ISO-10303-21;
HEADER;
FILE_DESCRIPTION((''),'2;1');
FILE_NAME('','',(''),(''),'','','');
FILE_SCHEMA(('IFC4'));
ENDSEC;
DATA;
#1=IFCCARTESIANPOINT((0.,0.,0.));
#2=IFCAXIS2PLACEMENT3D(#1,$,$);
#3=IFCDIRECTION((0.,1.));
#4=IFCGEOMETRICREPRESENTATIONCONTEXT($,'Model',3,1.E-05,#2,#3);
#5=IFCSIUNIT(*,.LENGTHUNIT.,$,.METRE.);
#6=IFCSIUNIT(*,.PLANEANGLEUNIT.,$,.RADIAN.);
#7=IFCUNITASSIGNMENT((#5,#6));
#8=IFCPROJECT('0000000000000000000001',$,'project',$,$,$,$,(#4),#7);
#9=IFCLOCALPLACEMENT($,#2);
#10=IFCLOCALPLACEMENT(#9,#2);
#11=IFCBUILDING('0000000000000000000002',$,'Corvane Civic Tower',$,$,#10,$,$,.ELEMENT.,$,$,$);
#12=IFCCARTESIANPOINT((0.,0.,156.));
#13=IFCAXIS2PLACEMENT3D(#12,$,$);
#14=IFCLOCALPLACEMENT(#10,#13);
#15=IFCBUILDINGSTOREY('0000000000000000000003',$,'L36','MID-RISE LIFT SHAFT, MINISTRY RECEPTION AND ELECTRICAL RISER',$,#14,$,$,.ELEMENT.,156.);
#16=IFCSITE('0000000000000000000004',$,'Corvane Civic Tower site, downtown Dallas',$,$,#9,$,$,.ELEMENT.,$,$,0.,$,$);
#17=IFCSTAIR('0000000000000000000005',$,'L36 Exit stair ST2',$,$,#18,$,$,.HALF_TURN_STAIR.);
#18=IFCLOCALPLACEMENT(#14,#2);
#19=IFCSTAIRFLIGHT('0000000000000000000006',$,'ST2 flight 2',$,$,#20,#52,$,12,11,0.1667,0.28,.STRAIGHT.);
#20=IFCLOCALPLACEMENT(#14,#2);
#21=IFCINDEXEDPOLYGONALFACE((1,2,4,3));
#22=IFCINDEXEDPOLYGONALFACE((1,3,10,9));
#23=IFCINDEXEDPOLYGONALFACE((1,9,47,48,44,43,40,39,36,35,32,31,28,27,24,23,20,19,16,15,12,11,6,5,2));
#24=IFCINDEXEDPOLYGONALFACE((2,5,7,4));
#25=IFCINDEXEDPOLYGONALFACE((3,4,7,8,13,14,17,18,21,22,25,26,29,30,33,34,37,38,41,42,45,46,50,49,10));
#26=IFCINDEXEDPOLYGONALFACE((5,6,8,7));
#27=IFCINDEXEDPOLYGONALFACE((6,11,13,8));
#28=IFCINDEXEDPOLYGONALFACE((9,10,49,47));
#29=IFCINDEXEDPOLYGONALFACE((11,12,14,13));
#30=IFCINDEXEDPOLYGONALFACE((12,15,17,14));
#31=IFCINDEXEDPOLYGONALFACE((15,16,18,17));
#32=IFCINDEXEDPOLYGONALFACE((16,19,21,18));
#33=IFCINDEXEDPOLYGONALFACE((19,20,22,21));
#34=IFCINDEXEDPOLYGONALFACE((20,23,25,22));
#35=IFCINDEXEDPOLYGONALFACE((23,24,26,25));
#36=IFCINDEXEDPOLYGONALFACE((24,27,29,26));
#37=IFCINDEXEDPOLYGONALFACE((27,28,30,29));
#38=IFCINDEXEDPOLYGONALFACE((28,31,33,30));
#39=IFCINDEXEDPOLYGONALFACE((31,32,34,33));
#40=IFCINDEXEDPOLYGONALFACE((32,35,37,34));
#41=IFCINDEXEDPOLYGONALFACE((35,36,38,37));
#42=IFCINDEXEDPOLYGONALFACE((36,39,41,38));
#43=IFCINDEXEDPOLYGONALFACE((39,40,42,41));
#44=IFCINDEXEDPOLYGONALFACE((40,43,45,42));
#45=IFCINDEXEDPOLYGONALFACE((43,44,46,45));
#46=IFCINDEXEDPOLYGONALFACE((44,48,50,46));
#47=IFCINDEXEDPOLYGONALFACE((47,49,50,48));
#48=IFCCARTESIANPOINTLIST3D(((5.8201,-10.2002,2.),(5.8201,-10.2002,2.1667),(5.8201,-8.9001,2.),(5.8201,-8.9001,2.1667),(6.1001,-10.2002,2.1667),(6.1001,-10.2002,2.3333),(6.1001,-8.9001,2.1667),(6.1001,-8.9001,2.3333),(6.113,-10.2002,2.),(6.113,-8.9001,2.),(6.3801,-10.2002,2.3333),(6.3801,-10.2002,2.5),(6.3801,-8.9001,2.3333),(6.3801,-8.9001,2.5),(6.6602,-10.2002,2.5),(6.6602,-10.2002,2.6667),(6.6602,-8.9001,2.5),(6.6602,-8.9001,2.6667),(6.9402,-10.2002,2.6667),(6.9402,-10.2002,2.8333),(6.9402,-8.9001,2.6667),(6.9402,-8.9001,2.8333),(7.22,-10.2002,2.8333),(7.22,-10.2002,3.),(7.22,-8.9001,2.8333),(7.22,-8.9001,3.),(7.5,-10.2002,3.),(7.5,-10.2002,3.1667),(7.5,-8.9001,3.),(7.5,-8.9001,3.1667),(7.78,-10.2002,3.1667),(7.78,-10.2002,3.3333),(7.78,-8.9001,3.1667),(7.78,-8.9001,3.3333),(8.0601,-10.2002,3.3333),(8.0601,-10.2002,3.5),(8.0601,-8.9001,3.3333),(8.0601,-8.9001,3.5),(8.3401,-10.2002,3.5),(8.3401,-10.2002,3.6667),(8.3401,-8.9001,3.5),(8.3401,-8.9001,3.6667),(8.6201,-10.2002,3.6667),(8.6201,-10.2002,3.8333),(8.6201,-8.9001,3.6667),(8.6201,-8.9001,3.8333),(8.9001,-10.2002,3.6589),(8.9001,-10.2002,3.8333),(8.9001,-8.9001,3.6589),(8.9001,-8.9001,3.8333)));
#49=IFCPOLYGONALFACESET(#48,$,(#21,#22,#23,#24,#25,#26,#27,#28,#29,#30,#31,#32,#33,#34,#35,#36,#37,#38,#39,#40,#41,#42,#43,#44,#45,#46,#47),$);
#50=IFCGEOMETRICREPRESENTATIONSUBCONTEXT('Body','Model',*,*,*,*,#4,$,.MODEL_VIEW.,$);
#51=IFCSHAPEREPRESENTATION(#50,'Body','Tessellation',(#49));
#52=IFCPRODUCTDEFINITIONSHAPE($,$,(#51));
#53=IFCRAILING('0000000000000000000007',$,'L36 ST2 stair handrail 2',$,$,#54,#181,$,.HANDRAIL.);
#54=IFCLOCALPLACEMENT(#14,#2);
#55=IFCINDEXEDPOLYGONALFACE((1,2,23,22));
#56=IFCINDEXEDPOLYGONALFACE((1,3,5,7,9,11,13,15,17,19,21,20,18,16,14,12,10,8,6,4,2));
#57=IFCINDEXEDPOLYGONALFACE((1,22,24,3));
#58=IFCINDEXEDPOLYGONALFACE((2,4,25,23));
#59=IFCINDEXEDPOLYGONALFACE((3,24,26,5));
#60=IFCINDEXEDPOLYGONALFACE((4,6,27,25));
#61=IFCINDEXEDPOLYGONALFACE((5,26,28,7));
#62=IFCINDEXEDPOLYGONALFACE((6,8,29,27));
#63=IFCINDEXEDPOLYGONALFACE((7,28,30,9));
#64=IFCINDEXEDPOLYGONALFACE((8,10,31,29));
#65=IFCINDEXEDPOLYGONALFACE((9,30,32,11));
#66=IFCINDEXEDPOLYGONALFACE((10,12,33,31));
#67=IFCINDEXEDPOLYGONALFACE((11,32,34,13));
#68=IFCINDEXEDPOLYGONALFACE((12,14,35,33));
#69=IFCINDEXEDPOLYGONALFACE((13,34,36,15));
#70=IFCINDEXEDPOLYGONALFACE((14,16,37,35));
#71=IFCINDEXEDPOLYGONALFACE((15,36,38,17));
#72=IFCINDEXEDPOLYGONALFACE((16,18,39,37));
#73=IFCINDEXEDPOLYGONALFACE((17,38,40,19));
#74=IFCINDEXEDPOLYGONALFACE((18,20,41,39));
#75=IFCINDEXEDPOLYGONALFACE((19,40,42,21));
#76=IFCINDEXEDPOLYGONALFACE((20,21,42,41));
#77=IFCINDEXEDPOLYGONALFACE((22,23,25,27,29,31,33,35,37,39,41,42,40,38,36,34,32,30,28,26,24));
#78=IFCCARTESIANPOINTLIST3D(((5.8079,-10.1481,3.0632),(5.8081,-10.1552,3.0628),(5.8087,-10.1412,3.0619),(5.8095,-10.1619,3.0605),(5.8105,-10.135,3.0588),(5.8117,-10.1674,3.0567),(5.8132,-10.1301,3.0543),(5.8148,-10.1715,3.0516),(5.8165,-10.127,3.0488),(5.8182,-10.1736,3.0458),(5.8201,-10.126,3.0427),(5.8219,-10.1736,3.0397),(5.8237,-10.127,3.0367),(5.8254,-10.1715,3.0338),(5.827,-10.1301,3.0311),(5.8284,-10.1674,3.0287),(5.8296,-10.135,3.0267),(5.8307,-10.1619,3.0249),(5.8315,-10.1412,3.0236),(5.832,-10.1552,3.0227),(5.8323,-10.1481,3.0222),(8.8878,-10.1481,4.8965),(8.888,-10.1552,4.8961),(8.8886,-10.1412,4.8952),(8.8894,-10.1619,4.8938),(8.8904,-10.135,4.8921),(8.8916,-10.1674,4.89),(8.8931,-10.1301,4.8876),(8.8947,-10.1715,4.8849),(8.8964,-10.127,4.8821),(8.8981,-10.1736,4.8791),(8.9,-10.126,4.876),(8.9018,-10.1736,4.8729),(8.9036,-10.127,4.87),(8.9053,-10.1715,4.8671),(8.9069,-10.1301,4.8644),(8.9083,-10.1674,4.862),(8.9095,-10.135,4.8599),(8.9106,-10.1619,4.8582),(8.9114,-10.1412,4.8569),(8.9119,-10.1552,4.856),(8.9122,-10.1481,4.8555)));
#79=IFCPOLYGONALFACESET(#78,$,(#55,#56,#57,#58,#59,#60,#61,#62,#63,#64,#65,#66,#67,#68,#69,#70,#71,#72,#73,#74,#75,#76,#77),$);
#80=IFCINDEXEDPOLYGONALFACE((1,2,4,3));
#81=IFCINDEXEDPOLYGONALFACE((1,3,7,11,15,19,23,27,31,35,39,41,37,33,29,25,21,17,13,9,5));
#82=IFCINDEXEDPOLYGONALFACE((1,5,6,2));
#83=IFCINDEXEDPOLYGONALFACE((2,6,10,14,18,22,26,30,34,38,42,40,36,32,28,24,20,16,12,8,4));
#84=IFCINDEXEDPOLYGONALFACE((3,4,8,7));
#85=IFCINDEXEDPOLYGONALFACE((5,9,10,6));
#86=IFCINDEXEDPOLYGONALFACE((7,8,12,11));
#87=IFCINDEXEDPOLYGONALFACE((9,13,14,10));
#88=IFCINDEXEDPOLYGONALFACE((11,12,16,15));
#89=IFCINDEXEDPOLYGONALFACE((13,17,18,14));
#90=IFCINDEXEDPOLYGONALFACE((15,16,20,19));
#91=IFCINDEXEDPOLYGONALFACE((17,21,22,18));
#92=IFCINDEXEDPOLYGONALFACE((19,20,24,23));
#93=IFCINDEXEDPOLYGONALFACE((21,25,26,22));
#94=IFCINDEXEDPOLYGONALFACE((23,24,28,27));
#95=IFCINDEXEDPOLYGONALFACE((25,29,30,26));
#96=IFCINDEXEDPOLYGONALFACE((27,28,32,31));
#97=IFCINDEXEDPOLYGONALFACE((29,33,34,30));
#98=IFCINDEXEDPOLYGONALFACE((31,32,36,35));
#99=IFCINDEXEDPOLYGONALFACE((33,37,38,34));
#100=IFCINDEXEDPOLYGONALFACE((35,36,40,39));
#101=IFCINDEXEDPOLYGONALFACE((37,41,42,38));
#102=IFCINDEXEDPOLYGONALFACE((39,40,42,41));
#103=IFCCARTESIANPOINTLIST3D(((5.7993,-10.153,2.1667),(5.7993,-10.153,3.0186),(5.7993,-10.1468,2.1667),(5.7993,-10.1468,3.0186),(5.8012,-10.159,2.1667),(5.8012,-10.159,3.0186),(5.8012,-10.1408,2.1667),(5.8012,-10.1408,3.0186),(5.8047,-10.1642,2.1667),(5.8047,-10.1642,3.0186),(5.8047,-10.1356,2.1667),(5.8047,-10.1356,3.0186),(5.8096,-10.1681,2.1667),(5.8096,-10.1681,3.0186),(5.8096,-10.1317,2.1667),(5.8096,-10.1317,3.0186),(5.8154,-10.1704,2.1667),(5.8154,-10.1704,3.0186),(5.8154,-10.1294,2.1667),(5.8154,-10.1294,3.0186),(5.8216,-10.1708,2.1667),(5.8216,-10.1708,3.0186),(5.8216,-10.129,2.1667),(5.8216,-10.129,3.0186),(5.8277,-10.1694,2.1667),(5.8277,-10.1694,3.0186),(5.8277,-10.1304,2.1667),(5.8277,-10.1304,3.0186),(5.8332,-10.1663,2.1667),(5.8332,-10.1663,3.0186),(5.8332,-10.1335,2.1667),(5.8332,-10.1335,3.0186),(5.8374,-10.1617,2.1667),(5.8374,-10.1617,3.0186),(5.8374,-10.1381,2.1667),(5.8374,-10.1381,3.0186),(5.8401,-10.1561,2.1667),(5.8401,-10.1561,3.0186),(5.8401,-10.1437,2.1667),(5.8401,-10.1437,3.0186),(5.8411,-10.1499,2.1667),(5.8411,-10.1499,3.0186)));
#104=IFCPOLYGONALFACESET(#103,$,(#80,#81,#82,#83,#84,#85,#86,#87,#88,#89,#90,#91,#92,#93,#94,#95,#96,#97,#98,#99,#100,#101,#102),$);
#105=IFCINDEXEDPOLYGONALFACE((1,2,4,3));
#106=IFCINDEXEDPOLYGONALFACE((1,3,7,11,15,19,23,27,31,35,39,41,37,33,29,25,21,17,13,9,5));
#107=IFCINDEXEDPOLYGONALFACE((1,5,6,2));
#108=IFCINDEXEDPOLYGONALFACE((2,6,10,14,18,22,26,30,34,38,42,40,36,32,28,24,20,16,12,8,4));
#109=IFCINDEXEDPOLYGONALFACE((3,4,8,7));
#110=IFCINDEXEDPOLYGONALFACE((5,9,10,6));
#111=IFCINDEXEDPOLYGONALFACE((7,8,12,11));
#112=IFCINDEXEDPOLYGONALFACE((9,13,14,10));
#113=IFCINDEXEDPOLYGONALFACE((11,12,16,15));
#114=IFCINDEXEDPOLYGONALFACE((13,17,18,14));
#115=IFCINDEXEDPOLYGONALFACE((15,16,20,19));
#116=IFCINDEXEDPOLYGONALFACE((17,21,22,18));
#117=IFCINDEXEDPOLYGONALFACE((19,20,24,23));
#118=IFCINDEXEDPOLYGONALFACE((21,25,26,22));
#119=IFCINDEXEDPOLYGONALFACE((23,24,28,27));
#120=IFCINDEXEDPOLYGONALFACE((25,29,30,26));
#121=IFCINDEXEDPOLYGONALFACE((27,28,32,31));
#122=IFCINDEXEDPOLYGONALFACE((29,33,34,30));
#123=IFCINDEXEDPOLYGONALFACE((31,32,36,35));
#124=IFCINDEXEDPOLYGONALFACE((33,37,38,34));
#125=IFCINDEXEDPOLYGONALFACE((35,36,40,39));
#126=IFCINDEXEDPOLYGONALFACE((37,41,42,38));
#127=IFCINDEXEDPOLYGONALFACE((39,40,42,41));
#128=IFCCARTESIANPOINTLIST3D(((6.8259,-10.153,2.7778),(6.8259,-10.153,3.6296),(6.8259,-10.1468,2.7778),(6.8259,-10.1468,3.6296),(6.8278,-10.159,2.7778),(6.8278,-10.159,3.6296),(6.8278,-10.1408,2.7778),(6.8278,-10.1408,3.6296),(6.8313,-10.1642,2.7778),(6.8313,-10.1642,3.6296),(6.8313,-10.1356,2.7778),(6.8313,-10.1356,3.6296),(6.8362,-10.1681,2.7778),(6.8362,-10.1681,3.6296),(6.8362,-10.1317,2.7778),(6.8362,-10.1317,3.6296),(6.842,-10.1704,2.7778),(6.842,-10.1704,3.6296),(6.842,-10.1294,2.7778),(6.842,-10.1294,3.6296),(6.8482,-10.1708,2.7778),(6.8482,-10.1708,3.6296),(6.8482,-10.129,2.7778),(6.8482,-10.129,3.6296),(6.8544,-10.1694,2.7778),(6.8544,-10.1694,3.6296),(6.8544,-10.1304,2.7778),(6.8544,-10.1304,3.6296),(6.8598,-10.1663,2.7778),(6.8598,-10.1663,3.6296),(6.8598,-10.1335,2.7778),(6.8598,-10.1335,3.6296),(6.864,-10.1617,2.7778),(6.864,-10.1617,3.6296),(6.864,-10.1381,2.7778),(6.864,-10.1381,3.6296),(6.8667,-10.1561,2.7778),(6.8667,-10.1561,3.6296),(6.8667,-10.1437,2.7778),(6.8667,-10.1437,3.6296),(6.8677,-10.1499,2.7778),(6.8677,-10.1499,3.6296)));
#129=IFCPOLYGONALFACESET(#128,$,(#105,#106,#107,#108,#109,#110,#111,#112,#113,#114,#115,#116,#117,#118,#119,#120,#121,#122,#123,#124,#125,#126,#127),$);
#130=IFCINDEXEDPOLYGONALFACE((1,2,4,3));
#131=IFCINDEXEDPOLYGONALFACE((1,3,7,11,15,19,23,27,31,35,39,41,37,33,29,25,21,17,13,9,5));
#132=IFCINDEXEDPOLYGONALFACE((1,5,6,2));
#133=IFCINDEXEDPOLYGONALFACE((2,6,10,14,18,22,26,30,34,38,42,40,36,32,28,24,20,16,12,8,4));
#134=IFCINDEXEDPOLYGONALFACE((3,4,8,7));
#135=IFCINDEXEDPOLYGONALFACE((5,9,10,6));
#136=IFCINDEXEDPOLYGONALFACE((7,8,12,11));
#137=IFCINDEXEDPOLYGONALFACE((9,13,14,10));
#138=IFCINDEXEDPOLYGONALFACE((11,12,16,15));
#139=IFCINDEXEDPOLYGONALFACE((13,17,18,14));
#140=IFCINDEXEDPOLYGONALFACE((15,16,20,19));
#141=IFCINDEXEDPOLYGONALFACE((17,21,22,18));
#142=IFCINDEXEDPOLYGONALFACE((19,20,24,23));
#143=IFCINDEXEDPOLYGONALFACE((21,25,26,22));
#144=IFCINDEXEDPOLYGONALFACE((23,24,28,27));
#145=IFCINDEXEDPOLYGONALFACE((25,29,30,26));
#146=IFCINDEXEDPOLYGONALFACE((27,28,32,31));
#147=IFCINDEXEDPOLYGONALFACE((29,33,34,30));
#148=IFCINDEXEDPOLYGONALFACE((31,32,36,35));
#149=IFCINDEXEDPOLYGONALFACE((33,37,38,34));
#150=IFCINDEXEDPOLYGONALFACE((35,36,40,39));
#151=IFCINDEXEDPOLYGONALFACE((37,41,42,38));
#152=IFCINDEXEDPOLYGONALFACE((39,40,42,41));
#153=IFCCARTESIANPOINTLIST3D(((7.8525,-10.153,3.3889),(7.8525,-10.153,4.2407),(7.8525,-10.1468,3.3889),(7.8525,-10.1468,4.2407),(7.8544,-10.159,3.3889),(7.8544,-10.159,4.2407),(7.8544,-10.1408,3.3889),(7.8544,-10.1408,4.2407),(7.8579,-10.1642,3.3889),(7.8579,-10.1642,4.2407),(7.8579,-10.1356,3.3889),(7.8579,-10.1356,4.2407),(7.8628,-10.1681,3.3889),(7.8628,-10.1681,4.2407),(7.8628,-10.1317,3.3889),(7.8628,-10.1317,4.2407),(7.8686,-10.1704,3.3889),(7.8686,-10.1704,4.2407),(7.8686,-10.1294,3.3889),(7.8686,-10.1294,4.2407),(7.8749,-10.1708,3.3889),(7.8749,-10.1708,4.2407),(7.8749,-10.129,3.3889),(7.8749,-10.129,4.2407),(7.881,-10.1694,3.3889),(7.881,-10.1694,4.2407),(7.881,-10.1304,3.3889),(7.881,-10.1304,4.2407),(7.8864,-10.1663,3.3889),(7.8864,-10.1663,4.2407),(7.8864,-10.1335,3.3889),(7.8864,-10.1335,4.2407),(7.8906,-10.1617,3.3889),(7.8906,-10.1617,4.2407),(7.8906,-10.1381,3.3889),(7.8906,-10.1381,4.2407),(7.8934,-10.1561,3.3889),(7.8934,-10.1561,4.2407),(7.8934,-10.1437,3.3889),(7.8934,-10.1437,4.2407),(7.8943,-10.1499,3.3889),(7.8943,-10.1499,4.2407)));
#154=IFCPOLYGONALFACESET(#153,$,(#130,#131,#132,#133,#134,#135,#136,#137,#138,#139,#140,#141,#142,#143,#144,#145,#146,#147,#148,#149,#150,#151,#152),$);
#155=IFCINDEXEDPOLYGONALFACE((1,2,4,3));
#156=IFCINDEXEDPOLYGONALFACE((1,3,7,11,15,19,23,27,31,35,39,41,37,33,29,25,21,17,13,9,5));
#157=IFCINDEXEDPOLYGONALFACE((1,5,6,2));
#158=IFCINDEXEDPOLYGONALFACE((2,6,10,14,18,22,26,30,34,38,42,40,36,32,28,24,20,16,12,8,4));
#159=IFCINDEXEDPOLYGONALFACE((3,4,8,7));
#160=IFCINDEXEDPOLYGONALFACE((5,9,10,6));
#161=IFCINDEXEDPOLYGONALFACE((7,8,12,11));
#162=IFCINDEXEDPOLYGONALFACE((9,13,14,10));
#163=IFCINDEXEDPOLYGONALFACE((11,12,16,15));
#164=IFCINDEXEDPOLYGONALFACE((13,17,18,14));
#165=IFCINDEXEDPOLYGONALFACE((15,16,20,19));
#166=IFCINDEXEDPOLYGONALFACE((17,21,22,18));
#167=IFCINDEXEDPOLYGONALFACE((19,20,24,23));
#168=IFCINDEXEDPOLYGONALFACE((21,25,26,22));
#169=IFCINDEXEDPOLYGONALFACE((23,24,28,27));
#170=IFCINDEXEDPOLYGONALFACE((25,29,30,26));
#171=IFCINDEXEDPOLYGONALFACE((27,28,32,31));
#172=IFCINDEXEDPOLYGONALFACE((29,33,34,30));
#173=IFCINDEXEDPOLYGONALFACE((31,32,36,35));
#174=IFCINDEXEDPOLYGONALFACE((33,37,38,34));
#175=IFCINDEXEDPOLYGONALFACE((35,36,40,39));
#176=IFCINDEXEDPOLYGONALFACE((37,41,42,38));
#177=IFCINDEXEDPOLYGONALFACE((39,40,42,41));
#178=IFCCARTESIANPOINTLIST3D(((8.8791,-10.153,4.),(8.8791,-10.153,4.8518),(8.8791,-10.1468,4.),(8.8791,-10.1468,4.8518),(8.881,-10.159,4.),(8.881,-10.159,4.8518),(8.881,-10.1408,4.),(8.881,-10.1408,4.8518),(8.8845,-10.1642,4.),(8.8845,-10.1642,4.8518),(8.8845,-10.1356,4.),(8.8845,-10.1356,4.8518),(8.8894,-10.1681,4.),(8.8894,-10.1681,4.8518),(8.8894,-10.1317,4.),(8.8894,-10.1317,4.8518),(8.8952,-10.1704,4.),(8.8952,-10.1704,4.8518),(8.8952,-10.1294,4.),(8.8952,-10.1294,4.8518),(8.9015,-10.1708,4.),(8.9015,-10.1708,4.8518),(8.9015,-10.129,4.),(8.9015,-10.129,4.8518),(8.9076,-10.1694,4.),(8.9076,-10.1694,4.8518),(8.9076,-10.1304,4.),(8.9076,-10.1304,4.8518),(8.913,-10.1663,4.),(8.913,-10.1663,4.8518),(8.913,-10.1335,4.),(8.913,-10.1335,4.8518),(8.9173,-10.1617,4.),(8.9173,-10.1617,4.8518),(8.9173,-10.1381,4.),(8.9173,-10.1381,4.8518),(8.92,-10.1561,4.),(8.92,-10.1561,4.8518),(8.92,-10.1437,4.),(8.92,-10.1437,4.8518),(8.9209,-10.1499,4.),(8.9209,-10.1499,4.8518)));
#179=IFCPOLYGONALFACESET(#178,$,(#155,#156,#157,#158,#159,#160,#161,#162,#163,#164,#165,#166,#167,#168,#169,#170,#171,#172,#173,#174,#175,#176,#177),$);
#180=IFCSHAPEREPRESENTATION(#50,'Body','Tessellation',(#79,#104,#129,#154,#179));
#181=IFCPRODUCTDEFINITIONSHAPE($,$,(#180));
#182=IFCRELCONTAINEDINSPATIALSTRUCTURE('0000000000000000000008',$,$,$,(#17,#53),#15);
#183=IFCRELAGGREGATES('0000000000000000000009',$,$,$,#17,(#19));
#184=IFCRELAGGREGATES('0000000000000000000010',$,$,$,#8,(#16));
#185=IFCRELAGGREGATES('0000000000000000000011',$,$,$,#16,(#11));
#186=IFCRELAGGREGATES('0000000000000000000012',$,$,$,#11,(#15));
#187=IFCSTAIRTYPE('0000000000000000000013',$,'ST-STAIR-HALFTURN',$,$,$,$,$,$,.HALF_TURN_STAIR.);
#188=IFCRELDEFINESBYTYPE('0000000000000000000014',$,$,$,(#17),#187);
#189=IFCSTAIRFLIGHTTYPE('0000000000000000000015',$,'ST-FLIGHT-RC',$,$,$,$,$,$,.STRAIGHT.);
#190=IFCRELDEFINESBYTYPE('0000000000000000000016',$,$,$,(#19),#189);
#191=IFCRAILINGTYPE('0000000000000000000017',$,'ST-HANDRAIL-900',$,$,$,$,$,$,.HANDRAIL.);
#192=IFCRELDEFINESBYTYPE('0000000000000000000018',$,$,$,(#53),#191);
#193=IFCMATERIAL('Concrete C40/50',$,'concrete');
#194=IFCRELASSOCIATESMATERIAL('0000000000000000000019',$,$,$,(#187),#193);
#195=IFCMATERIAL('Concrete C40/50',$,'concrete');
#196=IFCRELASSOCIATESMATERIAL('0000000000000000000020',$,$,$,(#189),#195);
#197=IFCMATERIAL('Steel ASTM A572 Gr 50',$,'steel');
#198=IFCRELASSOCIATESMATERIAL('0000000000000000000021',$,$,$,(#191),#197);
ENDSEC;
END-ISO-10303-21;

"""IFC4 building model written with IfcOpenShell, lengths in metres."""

from ifc_helpers import new_model, si_unit, direction, frame, origin, origin_2d, place, context, subcontext, project, spatial, polyline, circle, outline, extrude, material, type_object, element, aggregate, save


model = new_model("IFC4")

# Units and contexts
model_context = context("Model", 3, precision=1e-05, world=origin(), true_north=direction((0.0, 1.0)))
body_context = subcontext(model_context, "Body", "Model", "MODEL_VIEW")
ifc_project = project(units=[si_unit("LENGTHUNIT", "METRE"), si_unit("PLANEANGLEUNIT", "RADIAN")], contexts=[model_context])

# Site, building, storey
site_placement = place(None, origin())
site = spatial("IfcSite", under=ifc_project, at=site_placement, Name="Corvane Civic Tower site, downtown Dallas", CompositionType="ELEMENT", RefElevation=0.0)
building_placement = place(site_placement, origin())
building = spatial("IfcBuilding", under=site, at=building_placement, Name="Corvane Civic Tower", CompositionType="ELEMENT")
storey_placement = place(building_placement, frame((0.0, 0.0, 156.0)))
storey = spatial("IfcBuildingStorey", under=building, at=storey_placement, Name="L36", Description="MID-RISE LIFT SHAFT, MINISTRY RECEPTION AND ELECTRICAL RISER", CompositionType="ELEMENT", Elevation=156.0)

# Stair, stair flight
ifc_material_1 = material(Name="Concrete C40/50", Category="concrete")
stair_type = type_object("IfcStairType", Name="ST-STAIR-HALFTURN", PredefinedType="HALF_TURN_STAIR", material=ifc_material_1)
stair_placement = place(storey_placement, origin())
stair = element("IfcStair", 1, at=stair_placement, inside=storey, type_object=stair_type, Name="L36 Exit stair ST2", PredefinedType="HALF_TURN_STAIR")
ifc_material_2 = material(Name="Concrete C40/50", Category="concrete")
stair_flight_type = type_object("IfcStairFlightType", Name="ST-FLIGHT-RC", PredefinedType="STRAIGHT", material=ifc_material_2)
stair_flight_1_placement = place(storey_placement, frame((5.8201, -9.55, 2.0), z_axis=(0.0, 0.0, 1.0), x_axis=(1.0, 0.0, 0.0)))
stair_flight_1 = element("IfcStairFlight", 2, at=stair_flight_1_placement, type_object=stair_flight_type, Name="ST2 flight 2", NumberOfRisers=12, NumberOfTreads=11, PredefinedType="STRAIGHT", RiserHeight=0.1667, TreadLength=0.28, context=body_context, shape_type="SweptSolid", body=[
    extrude(outline(polyline([(0.0, 0.0), (0.0, 0.1667), (0.28, 0.1667), (0.28, 0.3333), (0.5601, 0.3333), (0.5601, 0.5), (0.8401, 0.5), (0.8401, 0.6667), (1.1201, 0.6667), (1.1201, 0.8333), (1.3999, 0.8333), (1.3999, 1.0), (1.6799, 1.0), (1.6799, 1.1667), (1.96, 1.1667), (1.96, 1.3333), (2.24, 1.3333), (2.24, 1.5), (2.52, 1.5), (2.52, 1.6667), (2.8, 1.6667), (2.8, 1.8333), (3.0801, 1.8333), (3.0801, 2.0), (3.0801, 1.6589), (0.293, 0.0), (0.0, 0.0)])), frame((0.0, 0.6499, 0.0), z_axis=(0.0, -1.0, 0.0), x_axis=(1.0, 0.0, 0.0)), (0.0, 0.0, 1.0), 1.3),
])
aggregate(stair, [stair_flight_1])

# Railing
ifc_material_3 = material(Name="Steel ASTM A572 Gr 50", Category="steel")
railing_type_1 = type_object("IfcRailingType", Name="ST-HANDRAIL-900", PredefinedType="HANDRAIL", material=ifc_material_3)
railing_1_placement = place(storey_placement, frame((5.8201, -10.1499, 2.1667)))
element("IfcRailing", 3, at=railing_1_placement, inside=storey, type_object=railing_type_1, Name="L36 ST2 stair handrail 2", PredefinedType="HANDRAIL", context=body_context, shape_type="SweptSolid", body=[
    extrude(circle(Radius=0.0239, at=origin_2d()), frame((0.0, 0.0, 0.876), z_axis=(0.859291, 0.0, 0.511487), x_axis=(0.0, 1.0, 0.0)), (0.0, 0.0, 1.0), 3.5842),
    extrude(circle(Radius=0.021, at=origin_2d()), origin(), (0.0, 0.0, 1.0), 0.8518),
    extrude(circle(Radius=0.021, at=origin_2d()), frame((1.0266, 0.0, 0.6111)), (0.0, 0.0, 1.0), 0.8518),
    extrude(circle(Radius=0.021, at=origin_2d()), frame((2.0532, 0.0, 1.2222)), (0.0, 0.0, 1.0), 0.8518),
    extrude(circle(Radius=0.021, at=origin_2d()), frame((3.0798, 0.0, 1.8333)), (0.0, 0.0, 1.0), 0.8518),
])

save(model, "model.ifc")
